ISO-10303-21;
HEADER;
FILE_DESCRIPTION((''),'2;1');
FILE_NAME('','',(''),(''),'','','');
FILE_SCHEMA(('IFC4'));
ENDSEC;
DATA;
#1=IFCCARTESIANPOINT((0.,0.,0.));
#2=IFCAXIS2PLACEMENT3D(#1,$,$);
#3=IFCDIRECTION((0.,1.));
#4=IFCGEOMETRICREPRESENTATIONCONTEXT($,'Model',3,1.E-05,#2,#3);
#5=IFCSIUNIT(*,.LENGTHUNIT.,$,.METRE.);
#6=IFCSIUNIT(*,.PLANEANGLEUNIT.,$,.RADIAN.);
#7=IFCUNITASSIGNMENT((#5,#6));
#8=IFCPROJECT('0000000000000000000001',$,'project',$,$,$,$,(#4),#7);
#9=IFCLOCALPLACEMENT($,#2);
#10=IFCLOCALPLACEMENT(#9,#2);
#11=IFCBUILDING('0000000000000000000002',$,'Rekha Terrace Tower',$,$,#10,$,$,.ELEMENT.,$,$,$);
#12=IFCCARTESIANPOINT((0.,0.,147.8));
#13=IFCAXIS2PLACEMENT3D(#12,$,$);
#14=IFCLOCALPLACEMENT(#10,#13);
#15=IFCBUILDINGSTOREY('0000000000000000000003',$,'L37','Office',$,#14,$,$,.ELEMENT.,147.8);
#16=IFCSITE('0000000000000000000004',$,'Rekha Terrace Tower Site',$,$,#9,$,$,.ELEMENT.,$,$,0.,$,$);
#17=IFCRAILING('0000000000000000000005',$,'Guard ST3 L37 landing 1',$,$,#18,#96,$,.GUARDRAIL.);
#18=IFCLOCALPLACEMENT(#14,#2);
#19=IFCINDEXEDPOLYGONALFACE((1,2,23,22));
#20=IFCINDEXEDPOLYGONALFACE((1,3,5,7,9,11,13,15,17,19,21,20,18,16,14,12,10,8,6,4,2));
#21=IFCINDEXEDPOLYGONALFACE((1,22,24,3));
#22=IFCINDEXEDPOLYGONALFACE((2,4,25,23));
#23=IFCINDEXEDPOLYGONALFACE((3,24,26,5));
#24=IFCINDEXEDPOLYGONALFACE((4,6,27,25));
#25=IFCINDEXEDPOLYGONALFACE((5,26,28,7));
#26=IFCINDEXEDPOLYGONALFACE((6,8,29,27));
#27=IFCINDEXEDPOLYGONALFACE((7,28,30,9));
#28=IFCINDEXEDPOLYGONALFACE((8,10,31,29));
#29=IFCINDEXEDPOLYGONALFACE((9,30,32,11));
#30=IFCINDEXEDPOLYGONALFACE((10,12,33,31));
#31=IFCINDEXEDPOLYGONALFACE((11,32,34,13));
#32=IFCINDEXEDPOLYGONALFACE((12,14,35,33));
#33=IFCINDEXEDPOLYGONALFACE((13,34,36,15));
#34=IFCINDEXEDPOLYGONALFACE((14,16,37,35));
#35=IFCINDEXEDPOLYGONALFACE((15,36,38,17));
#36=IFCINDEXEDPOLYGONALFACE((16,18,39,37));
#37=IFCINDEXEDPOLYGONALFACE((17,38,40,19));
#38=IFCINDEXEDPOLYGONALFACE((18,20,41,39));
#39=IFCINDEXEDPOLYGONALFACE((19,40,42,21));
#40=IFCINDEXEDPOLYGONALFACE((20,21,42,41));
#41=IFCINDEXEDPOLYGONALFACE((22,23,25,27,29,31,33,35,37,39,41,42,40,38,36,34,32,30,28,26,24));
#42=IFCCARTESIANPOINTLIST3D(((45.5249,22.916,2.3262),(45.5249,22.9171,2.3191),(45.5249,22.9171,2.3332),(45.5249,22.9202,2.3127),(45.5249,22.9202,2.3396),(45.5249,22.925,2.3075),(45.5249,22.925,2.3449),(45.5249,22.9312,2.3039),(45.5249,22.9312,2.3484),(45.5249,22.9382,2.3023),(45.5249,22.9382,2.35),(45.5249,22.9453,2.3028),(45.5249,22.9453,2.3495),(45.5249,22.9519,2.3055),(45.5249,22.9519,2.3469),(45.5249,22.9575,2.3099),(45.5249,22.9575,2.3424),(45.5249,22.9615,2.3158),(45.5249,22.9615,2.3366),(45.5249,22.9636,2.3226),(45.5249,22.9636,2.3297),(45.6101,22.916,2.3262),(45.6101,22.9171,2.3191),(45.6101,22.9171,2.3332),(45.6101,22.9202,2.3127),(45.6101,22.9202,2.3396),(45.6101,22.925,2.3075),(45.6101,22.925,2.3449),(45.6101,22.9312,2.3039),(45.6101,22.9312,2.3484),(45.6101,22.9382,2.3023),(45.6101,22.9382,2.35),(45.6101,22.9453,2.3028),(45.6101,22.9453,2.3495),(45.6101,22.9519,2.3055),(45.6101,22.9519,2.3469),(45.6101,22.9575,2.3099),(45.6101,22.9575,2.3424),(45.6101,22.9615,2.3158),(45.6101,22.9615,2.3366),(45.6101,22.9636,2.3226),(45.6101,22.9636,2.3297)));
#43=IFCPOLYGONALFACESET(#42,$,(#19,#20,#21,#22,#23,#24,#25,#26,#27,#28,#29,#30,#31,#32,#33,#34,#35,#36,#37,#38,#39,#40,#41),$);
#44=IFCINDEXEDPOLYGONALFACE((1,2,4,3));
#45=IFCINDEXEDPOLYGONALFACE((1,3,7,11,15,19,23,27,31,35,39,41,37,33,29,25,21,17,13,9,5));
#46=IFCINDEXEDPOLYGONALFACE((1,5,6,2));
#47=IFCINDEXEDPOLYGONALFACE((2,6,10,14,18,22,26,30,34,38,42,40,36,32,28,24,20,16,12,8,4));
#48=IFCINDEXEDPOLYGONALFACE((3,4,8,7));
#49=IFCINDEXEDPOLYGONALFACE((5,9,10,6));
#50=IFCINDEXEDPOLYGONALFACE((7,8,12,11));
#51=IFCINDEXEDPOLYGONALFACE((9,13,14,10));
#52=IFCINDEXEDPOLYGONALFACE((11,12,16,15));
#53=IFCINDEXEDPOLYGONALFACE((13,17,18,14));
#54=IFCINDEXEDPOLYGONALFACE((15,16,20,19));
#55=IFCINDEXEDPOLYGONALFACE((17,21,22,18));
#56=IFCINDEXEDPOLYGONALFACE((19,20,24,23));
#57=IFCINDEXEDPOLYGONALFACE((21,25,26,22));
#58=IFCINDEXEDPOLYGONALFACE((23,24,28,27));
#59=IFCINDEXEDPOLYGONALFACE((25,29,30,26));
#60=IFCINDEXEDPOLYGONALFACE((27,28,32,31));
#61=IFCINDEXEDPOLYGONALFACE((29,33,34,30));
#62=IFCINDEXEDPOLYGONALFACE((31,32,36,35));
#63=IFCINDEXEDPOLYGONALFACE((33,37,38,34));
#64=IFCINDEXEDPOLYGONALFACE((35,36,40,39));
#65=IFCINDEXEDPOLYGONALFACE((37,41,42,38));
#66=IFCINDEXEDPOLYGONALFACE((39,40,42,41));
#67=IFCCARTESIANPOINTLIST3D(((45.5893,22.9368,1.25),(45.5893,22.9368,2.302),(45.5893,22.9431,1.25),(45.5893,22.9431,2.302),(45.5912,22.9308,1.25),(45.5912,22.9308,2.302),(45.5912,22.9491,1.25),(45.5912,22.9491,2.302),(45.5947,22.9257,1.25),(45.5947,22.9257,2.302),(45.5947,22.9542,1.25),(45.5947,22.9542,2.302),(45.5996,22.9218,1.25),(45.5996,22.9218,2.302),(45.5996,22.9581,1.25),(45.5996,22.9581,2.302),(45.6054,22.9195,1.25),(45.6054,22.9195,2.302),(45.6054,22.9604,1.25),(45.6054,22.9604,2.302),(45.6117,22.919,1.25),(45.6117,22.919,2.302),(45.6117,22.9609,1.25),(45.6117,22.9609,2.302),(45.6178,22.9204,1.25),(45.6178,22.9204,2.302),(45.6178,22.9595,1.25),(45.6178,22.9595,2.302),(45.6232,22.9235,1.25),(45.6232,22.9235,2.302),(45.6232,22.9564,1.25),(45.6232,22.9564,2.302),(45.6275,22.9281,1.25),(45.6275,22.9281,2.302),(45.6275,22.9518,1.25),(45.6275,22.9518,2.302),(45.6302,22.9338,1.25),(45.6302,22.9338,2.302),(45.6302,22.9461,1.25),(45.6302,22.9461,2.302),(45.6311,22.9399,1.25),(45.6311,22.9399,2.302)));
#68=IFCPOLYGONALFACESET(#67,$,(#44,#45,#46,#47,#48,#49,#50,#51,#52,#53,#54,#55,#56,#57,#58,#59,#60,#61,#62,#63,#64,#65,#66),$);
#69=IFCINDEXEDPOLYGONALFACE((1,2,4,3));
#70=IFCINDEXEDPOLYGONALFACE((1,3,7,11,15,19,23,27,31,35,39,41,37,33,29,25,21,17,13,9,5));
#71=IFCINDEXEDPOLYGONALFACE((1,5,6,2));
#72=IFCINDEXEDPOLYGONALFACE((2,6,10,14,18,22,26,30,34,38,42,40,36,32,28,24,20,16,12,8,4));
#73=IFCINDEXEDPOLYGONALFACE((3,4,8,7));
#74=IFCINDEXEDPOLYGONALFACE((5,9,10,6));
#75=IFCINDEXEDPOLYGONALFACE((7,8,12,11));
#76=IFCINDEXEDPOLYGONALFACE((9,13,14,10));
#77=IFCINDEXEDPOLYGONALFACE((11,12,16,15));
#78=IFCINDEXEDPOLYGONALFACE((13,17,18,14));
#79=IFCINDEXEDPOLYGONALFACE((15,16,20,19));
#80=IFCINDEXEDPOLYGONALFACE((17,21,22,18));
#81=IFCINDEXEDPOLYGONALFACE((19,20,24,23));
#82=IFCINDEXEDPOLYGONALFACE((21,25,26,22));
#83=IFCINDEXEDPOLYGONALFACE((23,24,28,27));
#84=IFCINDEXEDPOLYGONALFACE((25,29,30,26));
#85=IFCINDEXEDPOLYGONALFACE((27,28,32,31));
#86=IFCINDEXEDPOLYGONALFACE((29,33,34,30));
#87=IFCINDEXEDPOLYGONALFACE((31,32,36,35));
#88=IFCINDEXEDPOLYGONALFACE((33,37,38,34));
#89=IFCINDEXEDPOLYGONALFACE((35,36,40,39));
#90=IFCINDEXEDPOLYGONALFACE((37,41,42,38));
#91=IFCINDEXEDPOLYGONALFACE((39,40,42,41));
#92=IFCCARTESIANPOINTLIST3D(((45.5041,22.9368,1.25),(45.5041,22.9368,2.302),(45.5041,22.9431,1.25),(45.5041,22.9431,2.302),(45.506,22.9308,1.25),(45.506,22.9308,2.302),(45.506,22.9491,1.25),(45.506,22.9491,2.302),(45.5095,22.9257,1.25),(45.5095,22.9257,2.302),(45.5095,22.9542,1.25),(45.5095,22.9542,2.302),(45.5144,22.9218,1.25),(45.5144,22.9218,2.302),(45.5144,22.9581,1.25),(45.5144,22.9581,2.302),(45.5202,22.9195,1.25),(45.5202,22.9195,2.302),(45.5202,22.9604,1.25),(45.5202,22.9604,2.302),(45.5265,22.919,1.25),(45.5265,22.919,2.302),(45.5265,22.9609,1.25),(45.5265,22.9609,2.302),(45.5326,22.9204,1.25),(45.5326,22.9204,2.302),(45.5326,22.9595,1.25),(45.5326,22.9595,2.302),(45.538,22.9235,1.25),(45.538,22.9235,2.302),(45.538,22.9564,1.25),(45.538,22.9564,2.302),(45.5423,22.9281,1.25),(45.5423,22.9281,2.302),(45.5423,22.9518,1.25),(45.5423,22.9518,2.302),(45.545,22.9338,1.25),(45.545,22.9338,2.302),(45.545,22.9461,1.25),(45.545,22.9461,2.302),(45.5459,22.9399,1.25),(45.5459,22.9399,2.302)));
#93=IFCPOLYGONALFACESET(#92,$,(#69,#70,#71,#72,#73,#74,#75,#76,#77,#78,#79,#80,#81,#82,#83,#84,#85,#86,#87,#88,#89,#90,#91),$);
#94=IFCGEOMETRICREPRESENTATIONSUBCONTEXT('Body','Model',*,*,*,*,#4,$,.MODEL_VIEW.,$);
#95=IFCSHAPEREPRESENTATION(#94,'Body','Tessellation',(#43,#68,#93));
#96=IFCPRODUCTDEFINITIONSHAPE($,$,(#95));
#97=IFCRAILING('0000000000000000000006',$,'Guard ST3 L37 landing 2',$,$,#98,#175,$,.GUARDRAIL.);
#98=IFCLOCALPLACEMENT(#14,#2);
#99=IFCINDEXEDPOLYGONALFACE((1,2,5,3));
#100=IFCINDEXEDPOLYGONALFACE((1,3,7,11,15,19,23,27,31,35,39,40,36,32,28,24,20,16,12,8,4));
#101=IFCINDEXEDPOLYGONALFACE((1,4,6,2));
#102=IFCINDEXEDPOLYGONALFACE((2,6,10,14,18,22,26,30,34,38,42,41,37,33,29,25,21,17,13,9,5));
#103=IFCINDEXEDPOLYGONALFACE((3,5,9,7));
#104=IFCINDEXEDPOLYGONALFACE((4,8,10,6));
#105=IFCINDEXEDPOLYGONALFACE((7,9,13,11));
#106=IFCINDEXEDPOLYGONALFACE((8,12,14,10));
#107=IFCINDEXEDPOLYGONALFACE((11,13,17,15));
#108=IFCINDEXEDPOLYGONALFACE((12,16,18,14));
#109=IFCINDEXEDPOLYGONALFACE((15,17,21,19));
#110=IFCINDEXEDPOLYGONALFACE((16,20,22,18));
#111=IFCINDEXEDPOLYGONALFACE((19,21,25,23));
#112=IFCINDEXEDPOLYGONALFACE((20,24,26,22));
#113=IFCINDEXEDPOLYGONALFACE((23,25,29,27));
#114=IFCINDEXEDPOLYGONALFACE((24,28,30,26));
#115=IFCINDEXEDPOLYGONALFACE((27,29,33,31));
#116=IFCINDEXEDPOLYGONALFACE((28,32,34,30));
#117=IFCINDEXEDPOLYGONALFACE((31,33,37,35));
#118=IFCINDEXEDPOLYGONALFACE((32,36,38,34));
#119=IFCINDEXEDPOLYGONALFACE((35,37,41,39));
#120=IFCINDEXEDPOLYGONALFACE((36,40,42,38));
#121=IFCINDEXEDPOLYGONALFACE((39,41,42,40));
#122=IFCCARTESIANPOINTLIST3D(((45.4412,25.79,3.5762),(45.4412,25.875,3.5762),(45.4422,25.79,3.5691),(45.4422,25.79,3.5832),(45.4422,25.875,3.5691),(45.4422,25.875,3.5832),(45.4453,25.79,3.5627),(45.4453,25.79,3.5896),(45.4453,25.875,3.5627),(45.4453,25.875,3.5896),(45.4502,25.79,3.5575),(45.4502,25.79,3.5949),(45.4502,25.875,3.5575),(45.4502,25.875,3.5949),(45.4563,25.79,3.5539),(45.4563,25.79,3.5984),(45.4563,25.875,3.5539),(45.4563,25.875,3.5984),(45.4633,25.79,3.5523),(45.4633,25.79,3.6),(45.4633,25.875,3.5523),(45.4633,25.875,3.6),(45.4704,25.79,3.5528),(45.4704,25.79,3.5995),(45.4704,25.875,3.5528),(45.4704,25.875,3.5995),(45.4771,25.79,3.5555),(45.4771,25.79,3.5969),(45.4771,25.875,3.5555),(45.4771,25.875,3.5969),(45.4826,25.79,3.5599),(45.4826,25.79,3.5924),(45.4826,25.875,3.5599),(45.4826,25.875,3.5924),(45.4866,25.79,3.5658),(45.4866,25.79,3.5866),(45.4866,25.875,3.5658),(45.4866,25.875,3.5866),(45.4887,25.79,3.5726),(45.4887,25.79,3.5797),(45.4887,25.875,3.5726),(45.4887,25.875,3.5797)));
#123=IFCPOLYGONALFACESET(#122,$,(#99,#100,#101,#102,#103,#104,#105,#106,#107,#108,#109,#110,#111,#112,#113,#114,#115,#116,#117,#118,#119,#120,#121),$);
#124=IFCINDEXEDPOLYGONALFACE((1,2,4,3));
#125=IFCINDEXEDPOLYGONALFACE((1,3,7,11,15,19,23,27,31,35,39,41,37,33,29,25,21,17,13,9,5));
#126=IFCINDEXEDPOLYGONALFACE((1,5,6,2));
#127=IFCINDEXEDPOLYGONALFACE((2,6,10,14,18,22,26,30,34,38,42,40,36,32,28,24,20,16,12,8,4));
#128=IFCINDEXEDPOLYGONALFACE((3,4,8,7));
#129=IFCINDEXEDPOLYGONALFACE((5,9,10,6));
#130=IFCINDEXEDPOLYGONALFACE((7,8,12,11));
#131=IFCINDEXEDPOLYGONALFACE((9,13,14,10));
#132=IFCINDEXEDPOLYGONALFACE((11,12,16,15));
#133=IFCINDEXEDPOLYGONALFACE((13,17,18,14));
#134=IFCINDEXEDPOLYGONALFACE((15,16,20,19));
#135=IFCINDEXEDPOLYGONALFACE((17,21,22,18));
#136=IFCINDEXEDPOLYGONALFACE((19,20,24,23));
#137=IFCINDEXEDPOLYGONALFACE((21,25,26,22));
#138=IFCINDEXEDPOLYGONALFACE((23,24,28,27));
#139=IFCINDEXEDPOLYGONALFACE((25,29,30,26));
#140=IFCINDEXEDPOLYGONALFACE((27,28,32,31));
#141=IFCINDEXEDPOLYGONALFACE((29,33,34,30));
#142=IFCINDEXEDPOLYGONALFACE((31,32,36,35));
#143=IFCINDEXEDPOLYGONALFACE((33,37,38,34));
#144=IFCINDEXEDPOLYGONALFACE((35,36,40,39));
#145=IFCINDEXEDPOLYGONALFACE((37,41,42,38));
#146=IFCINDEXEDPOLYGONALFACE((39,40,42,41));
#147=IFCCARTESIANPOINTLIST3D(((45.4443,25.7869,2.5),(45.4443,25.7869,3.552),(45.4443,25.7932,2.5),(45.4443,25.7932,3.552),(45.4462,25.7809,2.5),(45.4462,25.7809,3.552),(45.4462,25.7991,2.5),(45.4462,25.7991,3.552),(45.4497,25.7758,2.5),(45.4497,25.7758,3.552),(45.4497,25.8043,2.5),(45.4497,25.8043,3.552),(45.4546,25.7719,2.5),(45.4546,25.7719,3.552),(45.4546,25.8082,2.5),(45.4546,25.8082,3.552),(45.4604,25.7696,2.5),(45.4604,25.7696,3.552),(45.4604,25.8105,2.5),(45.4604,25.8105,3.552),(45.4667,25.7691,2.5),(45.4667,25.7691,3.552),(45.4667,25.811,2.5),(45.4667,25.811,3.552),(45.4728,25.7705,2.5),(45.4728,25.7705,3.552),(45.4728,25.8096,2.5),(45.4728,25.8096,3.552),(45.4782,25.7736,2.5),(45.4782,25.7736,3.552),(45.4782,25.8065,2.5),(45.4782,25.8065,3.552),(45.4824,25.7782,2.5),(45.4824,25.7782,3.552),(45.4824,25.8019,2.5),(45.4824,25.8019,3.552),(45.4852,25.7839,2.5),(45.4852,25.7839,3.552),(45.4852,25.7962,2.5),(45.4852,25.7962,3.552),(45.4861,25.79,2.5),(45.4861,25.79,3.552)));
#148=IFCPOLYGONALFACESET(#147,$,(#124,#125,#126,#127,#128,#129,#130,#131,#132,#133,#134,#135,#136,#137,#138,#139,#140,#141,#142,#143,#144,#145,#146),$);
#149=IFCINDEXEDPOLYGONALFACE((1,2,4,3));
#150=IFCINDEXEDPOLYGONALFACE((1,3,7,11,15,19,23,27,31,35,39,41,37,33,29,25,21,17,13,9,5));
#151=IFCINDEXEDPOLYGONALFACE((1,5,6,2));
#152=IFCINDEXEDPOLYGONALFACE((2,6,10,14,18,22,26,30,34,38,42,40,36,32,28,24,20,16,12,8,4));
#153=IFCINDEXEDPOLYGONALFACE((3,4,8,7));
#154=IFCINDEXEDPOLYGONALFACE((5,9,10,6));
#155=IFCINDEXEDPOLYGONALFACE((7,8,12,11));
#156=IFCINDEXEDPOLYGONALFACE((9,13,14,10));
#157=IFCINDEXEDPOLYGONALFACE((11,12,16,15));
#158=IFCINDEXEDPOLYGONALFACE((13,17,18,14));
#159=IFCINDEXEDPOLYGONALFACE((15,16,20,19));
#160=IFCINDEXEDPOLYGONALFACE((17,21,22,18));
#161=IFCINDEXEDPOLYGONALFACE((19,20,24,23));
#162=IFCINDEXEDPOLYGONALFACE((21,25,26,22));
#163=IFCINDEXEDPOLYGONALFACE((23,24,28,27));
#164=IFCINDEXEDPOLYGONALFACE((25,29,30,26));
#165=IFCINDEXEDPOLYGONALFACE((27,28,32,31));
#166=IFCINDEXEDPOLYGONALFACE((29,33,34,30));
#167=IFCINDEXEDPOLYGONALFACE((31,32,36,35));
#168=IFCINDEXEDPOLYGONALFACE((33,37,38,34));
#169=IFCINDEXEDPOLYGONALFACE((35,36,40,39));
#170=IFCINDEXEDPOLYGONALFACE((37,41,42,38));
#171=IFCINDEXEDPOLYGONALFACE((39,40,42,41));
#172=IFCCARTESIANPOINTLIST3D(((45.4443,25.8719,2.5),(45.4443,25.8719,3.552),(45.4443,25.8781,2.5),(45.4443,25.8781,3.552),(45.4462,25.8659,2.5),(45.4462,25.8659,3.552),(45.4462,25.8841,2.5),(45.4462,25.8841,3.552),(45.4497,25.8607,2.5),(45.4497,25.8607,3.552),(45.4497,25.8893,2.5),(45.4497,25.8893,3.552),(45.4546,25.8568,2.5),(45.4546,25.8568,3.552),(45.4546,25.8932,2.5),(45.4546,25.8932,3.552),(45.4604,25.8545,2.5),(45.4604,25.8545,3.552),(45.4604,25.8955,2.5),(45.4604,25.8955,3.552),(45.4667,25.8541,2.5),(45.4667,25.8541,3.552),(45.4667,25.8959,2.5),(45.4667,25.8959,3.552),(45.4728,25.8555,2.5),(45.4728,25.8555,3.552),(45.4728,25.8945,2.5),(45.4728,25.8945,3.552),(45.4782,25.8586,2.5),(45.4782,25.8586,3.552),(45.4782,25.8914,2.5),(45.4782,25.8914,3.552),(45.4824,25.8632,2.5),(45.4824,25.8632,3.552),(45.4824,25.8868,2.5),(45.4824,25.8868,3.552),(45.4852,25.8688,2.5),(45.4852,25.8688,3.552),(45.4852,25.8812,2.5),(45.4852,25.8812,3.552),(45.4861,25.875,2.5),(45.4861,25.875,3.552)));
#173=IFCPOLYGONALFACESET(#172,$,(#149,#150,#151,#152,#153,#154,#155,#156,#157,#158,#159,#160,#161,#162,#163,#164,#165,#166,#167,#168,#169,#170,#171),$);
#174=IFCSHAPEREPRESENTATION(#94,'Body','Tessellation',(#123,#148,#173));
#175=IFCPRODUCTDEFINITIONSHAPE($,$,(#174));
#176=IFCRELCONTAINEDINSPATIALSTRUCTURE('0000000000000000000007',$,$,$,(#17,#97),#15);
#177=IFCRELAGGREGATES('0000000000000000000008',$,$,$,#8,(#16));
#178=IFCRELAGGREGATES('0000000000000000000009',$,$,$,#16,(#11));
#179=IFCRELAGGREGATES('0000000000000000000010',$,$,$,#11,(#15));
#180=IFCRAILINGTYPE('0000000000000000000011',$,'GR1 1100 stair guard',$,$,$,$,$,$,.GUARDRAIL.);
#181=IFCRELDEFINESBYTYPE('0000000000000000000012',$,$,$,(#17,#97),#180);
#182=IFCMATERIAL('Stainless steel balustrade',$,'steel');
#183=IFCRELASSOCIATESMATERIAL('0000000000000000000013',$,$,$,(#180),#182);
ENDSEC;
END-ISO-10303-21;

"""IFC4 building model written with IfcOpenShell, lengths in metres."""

from ifc_helpers import new_model, si_unit, direction, frame, origin, origin_2d, place, context, subcontext, project, spatial, circle, extrude, material, type_object, element, save


model = new_model("IFC4")

# Units and contexts
model_context = context("Model", 3, precision=1e-05, world=origin(), true_north=direction((0.0, 1.0)))
body_context = subcontext(model_context, "Body", "Model", "MODEL_VIEW")
ifc_project = project(units=[si_unit("LENGTHUNIT", "METRE"), si_unit("PLANEANGLEUNIT", "RADIAN")], contexts=[model_context])

# Site, building, storey
site_placement = place(None, origin())
site = spatial("IfcSite", under=ifc_project, at=site_placement, Name="Rekha Terrace Tower Site", CompositionType="ELEMENT", RefElevation=0.0)
building_placement = place(site_placement, origin())
building = spatial("IfcBuilding", under=site, at=building_placement, Name="Rekha Terrace Tower", CompositionType="ELEMENT")
storey_placement = place(building_placement, frame((0.0, 0.0, 147.8)))
storey = spatial("IfcBuildingStorey", under=building, at=storey_placement, Name="L37", Description="Office", CompositionType="ELEMENT", Elevation=147.8)

# Railings
ifc_material_1 = material(Name="Stainless steel balustrade", Category="steel")
railing_type_1 = type_object("IfcRailingType", Name="GR1 1100 stair guard", PredefinedType="GUARDRAIL", material=ifc_material_1)
railing_1_placement = place(storey_placement, frame((45.6101, 22.9399, 1.25)))
element("IfcRailing", 1, at=railing_1_placement, inside=storey, type_object=railing_type_1, Name="Guard ST3 L37 landing 1", PredefinedType="GUARDRAIL", context=body_context, shape_type="SweptSolid", body=[
    extrude(circle(Radius=0.0239, at=origin_2d()), frame((0.0, 0.0, 1.0762), z_axis=(-1.0, 0.0, 0.0), x_axis=(0.0, -1.0, 0.0)), (0.0, 0.0, 1.0), 0.0852),
    extrude(circle(Radius=0.021, at=origin_2d()), origin(), (0.0, 0.0, 1.0), 1.052),
    extrude(circle(Radius=0.021, at=origin_2d()), frame((-0.0852, 0.0, 0.0)), (0.0, 0.0, 1.0), 1.052),
])
railing_2_placement = place(storey_placement, frame((45.4651, 25.79, 2.5)))
element("IfcRailing", 2, at=railing_2_placement, inside=storey, type_object=railing_type_1, Name="Guard ST3 L37 landing 2", PredefinedType="GUARDRAIL", context=body_context, shape_type="SweptSolid", body=[
    extrude(circle(Radius=0.0239, at=origin_2d()), frame((0.0, 0.0, 1.0762), z_axis=(0.0, 1.0, 0.0), x_axis=(-1.0, 0.0, 0.0)), (0.0, 0.0, 1.0), 0.085),
    extrude(circle(Radius=0.021, at=origin_2d()), origin(), (0.0, 0.0, 1.0), 1.052),
    extrude(circle(Radius=0.021, at=origin_2d()), frame((0.0, 0.085, 0.0)), (0.0, 0.0, 1.0), 1.052),
])

save(model, "model.ifc")
